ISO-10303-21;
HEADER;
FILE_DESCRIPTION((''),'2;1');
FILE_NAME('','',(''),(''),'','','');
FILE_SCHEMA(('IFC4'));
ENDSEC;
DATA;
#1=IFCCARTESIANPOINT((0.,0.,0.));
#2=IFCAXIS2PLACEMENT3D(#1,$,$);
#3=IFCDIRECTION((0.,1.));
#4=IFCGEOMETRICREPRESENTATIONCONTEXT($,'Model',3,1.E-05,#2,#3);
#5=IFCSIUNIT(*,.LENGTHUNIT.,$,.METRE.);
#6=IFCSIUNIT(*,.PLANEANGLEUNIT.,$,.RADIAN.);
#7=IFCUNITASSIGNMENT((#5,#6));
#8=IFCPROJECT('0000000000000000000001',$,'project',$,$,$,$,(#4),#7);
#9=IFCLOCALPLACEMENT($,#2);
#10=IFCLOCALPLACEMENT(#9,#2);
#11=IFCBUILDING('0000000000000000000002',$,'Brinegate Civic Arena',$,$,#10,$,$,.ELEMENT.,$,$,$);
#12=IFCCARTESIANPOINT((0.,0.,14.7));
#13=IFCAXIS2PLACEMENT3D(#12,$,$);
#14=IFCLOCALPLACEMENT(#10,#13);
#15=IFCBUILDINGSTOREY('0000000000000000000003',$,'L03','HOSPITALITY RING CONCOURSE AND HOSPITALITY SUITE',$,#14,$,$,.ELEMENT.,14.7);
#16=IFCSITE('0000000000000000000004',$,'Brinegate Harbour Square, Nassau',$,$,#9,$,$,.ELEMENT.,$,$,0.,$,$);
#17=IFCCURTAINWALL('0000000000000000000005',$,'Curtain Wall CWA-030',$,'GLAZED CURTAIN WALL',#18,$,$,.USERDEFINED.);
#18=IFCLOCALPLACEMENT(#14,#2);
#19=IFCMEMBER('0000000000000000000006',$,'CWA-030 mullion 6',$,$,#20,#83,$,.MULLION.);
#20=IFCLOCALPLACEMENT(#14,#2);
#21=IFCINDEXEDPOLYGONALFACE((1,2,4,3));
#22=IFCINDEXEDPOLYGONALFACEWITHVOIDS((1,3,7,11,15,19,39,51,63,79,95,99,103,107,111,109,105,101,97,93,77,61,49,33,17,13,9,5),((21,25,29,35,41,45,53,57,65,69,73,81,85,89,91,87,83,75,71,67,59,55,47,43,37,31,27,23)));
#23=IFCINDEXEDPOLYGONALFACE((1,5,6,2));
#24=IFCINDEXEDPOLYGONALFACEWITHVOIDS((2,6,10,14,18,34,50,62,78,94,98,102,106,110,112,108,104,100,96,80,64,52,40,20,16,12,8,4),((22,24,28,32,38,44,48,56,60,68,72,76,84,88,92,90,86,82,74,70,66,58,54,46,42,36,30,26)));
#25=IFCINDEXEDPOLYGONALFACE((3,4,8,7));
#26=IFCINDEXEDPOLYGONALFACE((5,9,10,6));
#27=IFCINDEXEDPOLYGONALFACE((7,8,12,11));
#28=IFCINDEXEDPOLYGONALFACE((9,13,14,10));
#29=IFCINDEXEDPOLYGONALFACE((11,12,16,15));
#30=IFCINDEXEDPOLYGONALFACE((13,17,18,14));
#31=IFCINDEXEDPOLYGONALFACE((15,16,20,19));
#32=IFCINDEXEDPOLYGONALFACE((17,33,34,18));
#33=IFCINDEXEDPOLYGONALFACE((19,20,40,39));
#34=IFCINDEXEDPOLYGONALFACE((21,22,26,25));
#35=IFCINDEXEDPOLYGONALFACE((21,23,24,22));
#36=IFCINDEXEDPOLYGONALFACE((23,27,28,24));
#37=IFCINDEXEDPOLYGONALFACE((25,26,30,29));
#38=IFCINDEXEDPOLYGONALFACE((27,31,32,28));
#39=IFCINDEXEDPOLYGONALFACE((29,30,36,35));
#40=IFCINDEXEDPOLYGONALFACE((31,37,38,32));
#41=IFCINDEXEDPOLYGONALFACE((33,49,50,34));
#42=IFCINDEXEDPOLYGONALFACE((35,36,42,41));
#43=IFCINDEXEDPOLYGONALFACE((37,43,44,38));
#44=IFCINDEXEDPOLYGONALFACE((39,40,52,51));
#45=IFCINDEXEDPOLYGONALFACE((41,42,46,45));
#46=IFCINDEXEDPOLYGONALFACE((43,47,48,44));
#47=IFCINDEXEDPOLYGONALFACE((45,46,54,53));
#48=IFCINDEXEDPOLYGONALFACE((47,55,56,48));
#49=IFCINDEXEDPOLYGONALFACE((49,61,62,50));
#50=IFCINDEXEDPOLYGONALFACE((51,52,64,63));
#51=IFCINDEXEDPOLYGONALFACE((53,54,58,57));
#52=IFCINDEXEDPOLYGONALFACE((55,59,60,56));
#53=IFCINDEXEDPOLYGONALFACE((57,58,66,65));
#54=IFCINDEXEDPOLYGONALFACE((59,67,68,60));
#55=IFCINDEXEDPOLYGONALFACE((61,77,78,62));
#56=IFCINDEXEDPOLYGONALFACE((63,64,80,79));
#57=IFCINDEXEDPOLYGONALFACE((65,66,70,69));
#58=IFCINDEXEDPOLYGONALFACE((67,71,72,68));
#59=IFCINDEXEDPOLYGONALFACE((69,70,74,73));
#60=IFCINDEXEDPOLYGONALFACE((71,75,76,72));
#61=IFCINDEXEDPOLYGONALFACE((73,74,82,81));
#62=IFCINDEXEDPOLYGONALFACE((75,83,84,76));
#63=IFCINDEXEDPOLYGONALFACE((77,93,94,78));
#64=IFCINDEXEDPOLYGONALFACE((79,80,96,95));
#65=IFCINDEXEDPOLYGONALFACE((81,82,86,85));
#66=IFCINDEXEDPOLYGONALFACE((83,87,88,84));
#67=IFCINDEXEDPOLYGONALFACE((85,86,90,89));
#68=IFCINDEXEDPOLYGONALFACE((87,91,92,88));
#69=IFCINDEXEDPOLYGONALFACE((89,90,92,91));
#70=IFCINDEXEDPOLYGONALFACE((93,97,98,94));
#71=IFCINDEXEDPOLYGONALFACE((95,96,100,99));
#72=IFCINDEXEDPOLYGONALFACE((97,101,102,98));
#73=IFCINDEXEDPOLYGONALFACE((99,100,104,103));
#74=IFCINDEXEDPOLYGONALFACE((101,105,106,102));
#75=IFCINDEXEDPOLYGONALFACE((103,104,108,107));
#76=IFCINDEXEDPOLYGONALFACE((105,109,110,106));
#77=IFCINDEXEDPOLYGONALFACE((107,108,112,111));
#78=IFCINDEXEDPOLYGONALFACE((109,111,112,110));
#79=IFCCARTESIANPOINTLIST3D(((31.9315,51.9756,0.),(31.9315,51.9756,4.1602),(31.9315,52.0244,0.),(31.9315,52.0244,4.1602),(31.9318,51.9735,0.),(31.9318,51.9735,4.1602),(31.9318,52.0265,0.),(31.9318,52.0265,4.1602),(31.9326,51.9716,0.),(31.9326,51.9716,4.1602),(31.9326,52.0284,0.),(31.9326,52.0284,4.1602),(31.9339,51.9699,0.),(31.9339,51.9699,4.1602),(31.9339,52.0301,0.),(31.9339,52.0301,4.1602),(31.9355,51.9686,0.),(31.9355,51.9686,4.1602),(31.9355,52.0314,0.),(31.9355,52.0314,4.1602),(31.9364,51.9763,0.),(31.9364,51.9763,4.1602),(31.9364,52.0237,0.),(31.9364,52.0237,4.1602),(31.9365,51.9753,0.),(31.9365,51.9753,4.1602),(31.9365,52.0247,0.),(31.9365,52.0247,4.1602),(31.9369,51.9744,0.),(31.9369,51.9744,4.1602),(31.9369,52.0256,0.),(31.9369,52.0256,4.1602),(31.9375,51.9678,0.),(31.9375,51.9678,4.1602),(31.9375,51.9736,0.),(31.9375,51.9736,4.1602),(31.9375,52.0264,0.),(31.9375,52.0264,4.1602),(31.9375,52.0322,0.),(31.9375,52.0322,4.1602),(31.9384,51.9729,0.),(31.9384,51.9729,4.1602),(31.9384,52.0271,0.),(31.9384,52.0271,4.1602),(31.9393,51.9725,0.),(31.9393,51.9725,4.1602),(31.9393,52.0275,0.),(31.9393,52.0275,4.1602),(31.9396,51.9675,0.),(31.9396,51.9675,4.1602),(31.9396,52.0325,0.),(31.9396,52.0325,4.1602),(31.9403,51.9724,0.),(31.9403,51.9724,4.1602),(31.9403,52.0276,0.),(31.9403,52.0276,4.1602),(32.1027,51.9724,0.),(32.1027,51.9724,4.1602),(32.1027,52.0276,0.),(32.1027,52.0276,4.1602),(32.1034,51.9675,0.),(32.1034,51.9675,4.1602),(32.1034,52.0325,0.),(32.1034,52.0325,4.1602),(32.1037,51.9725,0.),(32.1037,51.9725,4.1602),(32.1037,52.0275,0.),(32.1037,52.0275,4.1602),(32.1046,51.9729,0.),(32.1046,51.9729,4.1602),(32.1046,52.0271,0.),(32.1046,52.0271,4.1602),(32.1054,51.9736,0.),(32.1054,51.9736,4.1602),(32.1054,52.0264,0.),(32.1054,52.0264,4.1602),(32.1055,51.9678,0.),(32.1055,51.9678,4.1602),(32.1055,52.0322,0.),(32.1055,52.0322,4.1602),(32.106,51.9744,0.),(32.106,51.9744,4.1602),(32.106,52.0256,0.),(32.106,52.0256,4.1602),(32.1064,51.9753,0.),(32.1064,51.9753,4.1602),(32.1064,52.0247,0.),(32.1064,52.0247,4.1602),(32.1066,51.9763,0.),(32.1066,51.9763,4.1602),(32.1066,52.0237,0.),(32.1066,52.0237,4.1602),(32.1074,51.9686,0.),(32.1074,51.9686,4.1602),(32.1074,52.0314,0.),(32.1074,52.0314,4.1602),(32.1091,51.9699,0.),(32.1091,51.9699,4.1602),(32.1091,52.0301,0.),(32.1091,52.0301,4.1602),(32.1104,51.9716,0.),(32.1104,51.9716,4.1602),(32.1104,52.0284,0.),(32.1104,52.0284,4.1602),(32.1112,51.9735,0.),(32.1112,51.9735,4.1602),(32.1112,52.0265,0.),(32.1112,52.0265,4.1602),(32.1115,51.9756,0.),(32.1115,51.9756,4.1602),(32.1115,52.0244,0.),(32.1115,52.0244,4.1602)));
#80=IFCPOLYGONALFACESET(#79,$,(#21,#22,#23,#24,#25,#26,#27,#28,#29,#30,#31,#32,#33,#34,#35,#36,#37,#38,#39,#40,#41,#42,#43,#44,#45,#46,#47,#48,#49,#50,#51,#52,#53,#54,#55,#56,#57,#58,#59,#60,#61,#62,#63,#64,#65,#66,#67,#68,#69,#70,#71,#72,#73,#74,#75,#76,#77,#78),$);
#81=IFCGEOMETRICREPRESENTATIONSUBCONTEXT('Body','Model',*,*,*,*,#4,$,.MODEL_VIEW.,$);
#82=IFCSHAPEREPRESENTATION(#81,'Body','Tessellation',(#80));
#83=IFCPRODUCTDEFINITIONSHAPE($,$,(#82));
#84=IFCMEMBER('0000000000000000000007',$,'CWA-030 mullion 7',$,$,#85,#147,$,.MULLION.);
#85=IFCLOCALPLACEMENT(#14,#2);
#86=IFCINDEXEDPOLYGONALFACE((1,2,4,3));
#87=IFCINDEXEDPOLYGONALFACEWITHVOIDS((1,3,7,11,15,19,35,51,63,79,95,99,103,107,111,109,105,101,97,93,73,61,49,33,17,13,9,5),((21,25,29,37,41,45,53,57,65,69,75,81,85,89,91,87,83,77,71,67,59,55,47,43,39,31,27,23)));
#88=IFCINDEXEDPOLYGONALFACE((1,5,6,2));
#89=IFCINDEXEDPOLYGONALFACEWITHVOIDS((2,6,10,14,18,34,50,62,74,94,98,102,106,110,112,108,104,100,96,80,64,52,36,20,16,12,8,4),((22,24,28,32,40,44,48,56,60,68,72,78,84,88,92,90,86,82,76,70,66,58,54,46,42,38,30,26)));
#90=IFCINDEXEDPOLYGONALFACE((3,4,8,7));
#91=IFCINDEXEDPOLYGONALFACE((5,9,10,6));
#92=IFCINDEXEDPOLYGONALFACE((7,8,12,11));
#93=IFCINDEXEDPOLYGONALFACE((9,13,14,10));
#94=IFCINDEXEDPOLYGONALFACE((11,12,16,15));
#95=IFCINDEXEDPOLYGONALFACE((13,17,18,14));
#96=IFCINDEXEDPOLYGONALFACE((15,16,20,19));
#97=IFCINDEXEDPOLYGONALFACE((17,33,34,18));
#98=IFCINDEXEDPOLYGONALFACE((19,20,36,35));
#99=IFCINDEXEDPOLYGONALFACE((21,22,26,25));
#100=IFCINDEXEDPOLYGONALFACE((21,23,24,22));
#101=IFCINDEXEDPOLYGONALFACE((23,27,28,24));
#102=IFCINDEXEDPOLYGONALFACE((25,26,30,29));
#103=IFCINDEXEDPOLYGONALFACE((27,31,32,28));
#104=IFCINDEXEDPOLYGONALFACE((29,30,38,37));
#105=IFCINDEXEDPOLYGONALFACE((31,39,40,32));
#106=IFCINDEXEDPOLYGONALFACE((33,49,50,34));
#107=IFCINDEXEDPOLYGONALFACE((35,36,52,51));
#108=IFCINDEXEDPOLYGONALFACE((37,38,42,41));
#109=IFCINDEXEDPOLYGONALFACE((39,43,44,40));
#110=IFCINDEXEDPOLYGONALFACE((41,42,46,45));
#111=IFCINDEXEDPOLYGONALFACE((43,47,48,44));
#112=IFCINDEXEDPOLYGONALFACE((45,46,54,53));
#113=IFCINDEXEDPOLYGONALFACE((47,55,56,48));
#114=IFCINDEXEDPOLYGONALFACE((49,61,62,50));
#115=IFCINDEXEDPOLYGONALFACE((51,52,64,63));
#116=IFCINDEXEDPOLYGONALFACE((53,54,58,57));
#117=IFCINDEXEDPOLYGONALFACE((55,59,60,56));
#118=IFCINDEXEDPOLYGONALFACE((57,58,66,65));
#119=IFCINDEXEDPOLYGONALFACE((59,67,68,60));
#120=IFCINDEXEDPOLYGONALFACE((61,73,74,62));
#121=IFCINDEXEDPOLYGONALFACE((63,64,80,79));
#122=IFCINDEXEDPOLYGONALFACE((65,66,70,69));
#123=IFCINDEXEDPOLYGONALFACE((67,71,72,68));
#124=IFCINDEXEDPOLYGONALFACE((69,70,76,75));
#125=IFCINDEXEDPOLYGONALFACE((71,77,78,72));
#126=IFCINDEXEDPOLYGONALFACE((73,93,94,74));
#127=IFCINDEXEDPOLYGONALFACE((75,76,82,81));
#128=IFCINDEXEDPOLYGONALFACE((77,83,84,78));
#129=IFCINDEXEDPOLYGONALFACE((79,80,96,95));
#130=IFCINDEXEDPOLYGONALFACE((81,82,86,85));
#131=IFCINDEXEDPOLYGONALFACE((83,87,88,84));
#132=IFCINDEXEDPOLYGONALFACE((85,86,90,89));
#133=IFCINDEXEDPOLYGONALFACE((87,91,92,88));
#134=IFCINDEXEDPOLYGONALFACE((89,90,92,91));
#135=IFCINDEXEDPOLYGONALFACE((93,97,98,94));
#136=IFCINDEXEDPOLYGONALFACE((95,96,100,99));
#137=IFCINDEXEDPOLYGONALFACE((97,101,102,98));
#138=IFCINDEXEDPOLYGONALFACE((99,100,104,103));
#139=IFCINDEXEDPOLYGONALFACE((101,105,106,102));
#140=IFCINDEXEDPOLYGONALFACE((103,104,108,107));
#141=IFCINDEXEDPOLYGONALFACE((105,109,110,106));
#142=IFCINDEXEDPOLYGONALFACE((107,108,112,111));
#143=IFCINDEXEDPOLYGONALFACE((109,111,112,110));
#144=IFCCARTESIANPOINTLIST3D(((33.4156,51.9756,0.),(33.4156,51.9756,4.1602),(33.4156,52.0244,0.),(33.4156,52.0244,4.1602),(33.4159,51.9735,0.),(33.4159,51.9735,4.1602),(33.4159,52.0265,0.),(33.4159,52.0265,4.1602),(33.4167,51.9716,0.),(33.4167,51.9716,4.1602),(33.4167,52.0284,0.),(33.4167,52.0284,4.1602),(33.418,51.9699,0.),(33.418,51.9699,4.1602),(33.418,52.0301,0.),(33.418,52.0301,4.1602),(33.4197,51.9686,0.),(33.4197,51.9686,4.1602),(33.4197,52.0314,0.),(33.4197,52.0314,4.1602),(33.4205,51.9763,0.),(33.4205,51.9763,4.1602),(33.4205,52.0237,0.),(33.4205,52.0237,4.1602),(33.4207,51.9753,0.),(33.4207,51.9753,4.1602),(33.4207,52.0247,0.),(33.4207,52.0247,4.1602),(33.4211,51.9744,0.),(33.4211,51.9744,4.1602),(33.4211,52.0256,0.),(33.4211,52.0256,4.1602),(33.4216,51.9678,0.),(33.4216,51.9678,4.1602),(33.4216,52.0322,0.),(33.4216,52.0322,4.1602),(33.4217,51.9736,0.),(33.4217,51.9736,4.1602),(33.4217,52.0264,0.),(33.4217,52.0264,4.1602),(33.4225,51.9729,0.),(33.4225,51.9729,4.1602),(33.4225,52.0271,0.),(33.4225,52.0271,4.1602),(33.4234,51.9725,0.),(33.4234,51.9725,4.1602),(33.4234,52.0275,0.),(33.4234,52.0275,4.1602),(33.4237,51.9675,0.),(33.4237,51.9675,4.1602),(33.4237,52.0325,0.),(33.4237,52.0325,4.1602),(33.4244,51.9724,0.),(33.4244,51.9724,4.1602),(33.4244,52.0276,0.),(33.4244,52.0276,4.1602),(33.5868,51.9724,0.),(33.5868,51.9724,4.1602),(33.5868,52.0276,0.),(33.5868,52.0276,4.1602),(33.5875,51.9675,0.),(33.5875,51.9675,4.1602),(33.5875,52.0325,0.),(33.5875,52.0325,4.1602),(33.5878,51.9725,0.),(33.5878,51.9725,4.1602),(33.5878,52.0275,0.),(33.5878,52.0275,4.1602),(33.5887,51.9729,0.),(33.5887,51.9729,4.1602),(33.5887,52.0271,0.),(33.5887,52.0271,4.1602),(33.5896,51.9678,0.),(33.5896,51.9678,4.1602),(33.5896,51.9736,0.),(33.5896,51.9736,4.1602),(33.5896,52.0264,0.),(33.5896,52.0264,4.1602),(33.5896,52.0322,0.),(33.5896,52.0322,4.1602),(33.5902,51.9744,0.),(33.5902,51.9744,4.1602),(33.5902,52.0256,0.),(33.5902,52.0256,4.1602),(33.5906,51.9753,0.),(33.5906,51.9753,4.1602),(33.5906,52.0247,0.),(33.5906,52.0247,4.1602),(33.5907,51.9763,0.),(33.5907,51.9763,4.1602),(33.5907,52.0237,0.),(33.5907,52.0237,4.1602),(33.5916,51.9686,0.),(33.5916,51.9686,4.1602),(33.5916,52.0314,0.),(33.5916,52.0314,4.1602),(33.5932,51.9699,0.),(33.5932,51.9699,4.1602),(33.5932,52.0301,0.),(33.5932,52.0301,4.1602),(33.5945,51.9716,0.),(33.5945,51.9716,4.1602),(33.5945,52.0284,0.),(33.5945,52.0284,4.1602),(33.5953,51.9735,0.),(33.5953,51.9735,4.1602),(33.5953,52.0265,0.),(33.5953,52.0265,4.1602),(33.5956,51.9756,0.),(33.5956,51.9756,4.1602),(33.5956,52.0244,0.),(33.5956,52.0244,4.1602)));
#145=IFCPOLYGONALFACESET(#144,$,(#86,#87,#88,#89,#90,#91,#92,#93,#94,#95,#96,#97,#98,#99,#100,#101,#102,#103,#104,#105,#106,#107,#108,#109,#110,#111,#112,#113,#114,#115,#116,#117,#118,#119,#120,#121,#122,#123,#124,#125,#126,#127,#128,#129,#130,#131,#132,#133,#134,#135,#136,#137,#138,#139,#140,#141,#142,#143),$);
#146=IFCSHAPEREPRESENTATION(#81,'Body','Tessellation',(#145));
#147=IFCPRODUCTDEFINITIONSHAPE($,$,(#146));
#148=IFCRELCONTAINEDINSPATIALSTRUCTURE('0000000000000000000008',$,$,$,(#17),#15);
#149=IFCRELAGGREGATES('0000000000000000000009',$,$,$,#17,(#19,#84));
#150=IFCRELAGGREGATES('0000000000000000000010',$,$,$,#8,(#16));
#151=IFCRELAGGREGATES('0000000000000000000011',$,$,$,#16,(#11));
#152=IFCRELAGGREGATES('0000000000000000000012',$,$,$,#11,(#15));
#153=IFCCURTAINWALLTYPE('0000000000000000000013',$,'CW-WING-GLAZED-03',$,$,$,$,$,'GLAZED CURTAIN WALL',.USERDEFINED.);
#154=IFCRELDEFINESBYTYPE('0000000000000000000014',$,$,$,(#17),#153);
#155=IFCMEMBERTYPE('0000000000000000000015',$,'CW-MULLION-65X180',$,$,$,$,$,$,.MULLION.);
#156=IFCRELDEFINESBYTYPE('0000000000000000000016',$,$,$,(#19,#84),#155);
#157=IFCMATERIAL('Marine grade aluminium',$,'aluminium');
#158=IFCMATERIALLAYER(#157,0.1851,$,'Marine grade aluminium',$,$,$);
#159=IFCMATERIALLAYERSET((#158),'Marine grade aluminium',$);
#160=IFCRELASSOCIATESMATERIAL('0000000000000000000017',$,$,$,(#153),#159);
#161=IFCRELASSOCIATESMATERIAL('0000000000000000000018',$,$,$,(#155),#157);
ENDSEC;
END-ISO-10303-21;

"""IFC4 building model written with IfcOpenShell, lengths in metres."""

from ifc_helpers import new_model, si_unit, direction, frame, origin, origin_2d, place, context, subcontext, project, spatial, hollow_rectangle, extrude, material, layer, layer_set, material_profile, profile_set, type_object, element, aggregate, save


model = new_model("IFC4")

# Units and contexts
model_context = context("Model", 3, precision=1e-05, world=origin(), true_north=direction((0.0, 1.0)))
body_context = subcontext(model_context, "Body", "Model", "MODEL_VIEW")
ifc_project = project(units=[si_unit("LENGTHUNIT", "METRE"), si_unit("PLANEANGLEUNIT", "RADIAN")], contexts=[model_context])

# Site, building, storey
site_placement = place(None, origin())
site = spatial("IfcSite", under=ifc_project, at=site_placement, Name="Brinegate Harbour Square, Nassau", CompositionType="ELEMENT", RefElevation=0.0)
building_placement = place(site_placement, origin())
building = spatial("IfcBuilding", under=site, at=building_placement, Name="Brinegate Civic Arena", CompositionType="ELEMENT")
storey_placement = place(building_placement, frame((0.0, 0.0, 14.7)))
storey = spatial("IfcBuildingStorey", under=building, at=storey_placement, Name="L03", Description="HOSPITALITY RING CONCOURSE AND HOSPITALITY SUITE", CompositionType="ELEMENT", Elevation=14.7)

# Curtain wall, members
ifc_material_1 = material(Name="Marine grade aluminium", Category="aluminium")
ifc_layer_1 = layer(ifc_material_1, 0.1851, Name="Marine grade aluminium")
ifc_layer_set_1 = layer_set([ifc_layer_1], Name="Marine grade aluminium")
curtain_wall_type = type_object("IfcCurtainWallType", Name="CW-WING-GLAZED-03", ElementType="GLAZED CURTAIN WALL", PredefinedType="USERDEFINED", material=ifc_layer_set_1)
curtain_wall_1_placement = place(storey_placement, origin())
curtain_wall_1 = element("IfcCurtainWall", 1, at=curtain_wall_1_placement, inside=storey, type_object=curtain_wall_type, Name="Curtain Wall CWA-030", ObjectType="GLAZED CURTAIN WALL", PredefinedType="USERDEFINED")
ifc_material_profile_1 = material_profile(ifc_material_1, hollow_rectangle(XDim=0.0649, YDim=0.1799, WallThickness=0.0049, InnerFilletRadius=0.0039, OuterFilletRadius=0.0081, at=origin_2d()), Name="MUL65X180")
ifc_profile_set_1 = profile_set([ifc_material_profile_1], Name="Marine grade aluminium")
member_type_1 = type_object("IfcMemberType", Name="CW-MULLION-65X180", PredefinedType="MULLION", material=ifc_profile_set_1)
member_1_placement = place(storey_placement, frame((32.0215, 52.0, 0.0), z_axis=(0.0, 0.0, 1.0), x_axis=(0.0, 1.0, 0.0)))
member_1 = element("IfcMember", 2, at=member_1_placement, type_object=member_type_1, Name="CWA-030 mullion 6", PredefinedType="MULLION", context=body_context, shape_type="SweptSolid", body=[
    extrude(hollow_rectangle(XDim=0.0649, YDim=0.1799, WallThickness=0.0049, InnerFilletRadius=0.0039, OuterFilletRadius=0.0081, at=origin_2d()), origin(), (0.0, 0.0, 1.0), 4.1602),
])
member_2_placement = place(storey_placement, frame((33.5056, 52.0, 0.0), z_axis=(0.0, 0.0, 1.0), x_axis=(0.0, 1.0, 0.0)))
member_2 = element("IfcMember", 3, at=member_2_placement, type_object=member_type_1, Name="CWA-030 mullion 7", PredefinedType="MULLION", context=body_context, shape_type="SweptSolid", body=[
    extrude(hollow_rectangle(XDim=0.0649, YDim=0.1799, WallThickness=0.0049, InnerFilletRadius=0.0039, OuterFilletRadius=0.0081, at=origin_2d()), origin(), (0.0, 0.0, 1.0), 4.1602),
])

aggregate(curtain_wall_1, [member_1, member_2])

save(model, "model.ifc")
